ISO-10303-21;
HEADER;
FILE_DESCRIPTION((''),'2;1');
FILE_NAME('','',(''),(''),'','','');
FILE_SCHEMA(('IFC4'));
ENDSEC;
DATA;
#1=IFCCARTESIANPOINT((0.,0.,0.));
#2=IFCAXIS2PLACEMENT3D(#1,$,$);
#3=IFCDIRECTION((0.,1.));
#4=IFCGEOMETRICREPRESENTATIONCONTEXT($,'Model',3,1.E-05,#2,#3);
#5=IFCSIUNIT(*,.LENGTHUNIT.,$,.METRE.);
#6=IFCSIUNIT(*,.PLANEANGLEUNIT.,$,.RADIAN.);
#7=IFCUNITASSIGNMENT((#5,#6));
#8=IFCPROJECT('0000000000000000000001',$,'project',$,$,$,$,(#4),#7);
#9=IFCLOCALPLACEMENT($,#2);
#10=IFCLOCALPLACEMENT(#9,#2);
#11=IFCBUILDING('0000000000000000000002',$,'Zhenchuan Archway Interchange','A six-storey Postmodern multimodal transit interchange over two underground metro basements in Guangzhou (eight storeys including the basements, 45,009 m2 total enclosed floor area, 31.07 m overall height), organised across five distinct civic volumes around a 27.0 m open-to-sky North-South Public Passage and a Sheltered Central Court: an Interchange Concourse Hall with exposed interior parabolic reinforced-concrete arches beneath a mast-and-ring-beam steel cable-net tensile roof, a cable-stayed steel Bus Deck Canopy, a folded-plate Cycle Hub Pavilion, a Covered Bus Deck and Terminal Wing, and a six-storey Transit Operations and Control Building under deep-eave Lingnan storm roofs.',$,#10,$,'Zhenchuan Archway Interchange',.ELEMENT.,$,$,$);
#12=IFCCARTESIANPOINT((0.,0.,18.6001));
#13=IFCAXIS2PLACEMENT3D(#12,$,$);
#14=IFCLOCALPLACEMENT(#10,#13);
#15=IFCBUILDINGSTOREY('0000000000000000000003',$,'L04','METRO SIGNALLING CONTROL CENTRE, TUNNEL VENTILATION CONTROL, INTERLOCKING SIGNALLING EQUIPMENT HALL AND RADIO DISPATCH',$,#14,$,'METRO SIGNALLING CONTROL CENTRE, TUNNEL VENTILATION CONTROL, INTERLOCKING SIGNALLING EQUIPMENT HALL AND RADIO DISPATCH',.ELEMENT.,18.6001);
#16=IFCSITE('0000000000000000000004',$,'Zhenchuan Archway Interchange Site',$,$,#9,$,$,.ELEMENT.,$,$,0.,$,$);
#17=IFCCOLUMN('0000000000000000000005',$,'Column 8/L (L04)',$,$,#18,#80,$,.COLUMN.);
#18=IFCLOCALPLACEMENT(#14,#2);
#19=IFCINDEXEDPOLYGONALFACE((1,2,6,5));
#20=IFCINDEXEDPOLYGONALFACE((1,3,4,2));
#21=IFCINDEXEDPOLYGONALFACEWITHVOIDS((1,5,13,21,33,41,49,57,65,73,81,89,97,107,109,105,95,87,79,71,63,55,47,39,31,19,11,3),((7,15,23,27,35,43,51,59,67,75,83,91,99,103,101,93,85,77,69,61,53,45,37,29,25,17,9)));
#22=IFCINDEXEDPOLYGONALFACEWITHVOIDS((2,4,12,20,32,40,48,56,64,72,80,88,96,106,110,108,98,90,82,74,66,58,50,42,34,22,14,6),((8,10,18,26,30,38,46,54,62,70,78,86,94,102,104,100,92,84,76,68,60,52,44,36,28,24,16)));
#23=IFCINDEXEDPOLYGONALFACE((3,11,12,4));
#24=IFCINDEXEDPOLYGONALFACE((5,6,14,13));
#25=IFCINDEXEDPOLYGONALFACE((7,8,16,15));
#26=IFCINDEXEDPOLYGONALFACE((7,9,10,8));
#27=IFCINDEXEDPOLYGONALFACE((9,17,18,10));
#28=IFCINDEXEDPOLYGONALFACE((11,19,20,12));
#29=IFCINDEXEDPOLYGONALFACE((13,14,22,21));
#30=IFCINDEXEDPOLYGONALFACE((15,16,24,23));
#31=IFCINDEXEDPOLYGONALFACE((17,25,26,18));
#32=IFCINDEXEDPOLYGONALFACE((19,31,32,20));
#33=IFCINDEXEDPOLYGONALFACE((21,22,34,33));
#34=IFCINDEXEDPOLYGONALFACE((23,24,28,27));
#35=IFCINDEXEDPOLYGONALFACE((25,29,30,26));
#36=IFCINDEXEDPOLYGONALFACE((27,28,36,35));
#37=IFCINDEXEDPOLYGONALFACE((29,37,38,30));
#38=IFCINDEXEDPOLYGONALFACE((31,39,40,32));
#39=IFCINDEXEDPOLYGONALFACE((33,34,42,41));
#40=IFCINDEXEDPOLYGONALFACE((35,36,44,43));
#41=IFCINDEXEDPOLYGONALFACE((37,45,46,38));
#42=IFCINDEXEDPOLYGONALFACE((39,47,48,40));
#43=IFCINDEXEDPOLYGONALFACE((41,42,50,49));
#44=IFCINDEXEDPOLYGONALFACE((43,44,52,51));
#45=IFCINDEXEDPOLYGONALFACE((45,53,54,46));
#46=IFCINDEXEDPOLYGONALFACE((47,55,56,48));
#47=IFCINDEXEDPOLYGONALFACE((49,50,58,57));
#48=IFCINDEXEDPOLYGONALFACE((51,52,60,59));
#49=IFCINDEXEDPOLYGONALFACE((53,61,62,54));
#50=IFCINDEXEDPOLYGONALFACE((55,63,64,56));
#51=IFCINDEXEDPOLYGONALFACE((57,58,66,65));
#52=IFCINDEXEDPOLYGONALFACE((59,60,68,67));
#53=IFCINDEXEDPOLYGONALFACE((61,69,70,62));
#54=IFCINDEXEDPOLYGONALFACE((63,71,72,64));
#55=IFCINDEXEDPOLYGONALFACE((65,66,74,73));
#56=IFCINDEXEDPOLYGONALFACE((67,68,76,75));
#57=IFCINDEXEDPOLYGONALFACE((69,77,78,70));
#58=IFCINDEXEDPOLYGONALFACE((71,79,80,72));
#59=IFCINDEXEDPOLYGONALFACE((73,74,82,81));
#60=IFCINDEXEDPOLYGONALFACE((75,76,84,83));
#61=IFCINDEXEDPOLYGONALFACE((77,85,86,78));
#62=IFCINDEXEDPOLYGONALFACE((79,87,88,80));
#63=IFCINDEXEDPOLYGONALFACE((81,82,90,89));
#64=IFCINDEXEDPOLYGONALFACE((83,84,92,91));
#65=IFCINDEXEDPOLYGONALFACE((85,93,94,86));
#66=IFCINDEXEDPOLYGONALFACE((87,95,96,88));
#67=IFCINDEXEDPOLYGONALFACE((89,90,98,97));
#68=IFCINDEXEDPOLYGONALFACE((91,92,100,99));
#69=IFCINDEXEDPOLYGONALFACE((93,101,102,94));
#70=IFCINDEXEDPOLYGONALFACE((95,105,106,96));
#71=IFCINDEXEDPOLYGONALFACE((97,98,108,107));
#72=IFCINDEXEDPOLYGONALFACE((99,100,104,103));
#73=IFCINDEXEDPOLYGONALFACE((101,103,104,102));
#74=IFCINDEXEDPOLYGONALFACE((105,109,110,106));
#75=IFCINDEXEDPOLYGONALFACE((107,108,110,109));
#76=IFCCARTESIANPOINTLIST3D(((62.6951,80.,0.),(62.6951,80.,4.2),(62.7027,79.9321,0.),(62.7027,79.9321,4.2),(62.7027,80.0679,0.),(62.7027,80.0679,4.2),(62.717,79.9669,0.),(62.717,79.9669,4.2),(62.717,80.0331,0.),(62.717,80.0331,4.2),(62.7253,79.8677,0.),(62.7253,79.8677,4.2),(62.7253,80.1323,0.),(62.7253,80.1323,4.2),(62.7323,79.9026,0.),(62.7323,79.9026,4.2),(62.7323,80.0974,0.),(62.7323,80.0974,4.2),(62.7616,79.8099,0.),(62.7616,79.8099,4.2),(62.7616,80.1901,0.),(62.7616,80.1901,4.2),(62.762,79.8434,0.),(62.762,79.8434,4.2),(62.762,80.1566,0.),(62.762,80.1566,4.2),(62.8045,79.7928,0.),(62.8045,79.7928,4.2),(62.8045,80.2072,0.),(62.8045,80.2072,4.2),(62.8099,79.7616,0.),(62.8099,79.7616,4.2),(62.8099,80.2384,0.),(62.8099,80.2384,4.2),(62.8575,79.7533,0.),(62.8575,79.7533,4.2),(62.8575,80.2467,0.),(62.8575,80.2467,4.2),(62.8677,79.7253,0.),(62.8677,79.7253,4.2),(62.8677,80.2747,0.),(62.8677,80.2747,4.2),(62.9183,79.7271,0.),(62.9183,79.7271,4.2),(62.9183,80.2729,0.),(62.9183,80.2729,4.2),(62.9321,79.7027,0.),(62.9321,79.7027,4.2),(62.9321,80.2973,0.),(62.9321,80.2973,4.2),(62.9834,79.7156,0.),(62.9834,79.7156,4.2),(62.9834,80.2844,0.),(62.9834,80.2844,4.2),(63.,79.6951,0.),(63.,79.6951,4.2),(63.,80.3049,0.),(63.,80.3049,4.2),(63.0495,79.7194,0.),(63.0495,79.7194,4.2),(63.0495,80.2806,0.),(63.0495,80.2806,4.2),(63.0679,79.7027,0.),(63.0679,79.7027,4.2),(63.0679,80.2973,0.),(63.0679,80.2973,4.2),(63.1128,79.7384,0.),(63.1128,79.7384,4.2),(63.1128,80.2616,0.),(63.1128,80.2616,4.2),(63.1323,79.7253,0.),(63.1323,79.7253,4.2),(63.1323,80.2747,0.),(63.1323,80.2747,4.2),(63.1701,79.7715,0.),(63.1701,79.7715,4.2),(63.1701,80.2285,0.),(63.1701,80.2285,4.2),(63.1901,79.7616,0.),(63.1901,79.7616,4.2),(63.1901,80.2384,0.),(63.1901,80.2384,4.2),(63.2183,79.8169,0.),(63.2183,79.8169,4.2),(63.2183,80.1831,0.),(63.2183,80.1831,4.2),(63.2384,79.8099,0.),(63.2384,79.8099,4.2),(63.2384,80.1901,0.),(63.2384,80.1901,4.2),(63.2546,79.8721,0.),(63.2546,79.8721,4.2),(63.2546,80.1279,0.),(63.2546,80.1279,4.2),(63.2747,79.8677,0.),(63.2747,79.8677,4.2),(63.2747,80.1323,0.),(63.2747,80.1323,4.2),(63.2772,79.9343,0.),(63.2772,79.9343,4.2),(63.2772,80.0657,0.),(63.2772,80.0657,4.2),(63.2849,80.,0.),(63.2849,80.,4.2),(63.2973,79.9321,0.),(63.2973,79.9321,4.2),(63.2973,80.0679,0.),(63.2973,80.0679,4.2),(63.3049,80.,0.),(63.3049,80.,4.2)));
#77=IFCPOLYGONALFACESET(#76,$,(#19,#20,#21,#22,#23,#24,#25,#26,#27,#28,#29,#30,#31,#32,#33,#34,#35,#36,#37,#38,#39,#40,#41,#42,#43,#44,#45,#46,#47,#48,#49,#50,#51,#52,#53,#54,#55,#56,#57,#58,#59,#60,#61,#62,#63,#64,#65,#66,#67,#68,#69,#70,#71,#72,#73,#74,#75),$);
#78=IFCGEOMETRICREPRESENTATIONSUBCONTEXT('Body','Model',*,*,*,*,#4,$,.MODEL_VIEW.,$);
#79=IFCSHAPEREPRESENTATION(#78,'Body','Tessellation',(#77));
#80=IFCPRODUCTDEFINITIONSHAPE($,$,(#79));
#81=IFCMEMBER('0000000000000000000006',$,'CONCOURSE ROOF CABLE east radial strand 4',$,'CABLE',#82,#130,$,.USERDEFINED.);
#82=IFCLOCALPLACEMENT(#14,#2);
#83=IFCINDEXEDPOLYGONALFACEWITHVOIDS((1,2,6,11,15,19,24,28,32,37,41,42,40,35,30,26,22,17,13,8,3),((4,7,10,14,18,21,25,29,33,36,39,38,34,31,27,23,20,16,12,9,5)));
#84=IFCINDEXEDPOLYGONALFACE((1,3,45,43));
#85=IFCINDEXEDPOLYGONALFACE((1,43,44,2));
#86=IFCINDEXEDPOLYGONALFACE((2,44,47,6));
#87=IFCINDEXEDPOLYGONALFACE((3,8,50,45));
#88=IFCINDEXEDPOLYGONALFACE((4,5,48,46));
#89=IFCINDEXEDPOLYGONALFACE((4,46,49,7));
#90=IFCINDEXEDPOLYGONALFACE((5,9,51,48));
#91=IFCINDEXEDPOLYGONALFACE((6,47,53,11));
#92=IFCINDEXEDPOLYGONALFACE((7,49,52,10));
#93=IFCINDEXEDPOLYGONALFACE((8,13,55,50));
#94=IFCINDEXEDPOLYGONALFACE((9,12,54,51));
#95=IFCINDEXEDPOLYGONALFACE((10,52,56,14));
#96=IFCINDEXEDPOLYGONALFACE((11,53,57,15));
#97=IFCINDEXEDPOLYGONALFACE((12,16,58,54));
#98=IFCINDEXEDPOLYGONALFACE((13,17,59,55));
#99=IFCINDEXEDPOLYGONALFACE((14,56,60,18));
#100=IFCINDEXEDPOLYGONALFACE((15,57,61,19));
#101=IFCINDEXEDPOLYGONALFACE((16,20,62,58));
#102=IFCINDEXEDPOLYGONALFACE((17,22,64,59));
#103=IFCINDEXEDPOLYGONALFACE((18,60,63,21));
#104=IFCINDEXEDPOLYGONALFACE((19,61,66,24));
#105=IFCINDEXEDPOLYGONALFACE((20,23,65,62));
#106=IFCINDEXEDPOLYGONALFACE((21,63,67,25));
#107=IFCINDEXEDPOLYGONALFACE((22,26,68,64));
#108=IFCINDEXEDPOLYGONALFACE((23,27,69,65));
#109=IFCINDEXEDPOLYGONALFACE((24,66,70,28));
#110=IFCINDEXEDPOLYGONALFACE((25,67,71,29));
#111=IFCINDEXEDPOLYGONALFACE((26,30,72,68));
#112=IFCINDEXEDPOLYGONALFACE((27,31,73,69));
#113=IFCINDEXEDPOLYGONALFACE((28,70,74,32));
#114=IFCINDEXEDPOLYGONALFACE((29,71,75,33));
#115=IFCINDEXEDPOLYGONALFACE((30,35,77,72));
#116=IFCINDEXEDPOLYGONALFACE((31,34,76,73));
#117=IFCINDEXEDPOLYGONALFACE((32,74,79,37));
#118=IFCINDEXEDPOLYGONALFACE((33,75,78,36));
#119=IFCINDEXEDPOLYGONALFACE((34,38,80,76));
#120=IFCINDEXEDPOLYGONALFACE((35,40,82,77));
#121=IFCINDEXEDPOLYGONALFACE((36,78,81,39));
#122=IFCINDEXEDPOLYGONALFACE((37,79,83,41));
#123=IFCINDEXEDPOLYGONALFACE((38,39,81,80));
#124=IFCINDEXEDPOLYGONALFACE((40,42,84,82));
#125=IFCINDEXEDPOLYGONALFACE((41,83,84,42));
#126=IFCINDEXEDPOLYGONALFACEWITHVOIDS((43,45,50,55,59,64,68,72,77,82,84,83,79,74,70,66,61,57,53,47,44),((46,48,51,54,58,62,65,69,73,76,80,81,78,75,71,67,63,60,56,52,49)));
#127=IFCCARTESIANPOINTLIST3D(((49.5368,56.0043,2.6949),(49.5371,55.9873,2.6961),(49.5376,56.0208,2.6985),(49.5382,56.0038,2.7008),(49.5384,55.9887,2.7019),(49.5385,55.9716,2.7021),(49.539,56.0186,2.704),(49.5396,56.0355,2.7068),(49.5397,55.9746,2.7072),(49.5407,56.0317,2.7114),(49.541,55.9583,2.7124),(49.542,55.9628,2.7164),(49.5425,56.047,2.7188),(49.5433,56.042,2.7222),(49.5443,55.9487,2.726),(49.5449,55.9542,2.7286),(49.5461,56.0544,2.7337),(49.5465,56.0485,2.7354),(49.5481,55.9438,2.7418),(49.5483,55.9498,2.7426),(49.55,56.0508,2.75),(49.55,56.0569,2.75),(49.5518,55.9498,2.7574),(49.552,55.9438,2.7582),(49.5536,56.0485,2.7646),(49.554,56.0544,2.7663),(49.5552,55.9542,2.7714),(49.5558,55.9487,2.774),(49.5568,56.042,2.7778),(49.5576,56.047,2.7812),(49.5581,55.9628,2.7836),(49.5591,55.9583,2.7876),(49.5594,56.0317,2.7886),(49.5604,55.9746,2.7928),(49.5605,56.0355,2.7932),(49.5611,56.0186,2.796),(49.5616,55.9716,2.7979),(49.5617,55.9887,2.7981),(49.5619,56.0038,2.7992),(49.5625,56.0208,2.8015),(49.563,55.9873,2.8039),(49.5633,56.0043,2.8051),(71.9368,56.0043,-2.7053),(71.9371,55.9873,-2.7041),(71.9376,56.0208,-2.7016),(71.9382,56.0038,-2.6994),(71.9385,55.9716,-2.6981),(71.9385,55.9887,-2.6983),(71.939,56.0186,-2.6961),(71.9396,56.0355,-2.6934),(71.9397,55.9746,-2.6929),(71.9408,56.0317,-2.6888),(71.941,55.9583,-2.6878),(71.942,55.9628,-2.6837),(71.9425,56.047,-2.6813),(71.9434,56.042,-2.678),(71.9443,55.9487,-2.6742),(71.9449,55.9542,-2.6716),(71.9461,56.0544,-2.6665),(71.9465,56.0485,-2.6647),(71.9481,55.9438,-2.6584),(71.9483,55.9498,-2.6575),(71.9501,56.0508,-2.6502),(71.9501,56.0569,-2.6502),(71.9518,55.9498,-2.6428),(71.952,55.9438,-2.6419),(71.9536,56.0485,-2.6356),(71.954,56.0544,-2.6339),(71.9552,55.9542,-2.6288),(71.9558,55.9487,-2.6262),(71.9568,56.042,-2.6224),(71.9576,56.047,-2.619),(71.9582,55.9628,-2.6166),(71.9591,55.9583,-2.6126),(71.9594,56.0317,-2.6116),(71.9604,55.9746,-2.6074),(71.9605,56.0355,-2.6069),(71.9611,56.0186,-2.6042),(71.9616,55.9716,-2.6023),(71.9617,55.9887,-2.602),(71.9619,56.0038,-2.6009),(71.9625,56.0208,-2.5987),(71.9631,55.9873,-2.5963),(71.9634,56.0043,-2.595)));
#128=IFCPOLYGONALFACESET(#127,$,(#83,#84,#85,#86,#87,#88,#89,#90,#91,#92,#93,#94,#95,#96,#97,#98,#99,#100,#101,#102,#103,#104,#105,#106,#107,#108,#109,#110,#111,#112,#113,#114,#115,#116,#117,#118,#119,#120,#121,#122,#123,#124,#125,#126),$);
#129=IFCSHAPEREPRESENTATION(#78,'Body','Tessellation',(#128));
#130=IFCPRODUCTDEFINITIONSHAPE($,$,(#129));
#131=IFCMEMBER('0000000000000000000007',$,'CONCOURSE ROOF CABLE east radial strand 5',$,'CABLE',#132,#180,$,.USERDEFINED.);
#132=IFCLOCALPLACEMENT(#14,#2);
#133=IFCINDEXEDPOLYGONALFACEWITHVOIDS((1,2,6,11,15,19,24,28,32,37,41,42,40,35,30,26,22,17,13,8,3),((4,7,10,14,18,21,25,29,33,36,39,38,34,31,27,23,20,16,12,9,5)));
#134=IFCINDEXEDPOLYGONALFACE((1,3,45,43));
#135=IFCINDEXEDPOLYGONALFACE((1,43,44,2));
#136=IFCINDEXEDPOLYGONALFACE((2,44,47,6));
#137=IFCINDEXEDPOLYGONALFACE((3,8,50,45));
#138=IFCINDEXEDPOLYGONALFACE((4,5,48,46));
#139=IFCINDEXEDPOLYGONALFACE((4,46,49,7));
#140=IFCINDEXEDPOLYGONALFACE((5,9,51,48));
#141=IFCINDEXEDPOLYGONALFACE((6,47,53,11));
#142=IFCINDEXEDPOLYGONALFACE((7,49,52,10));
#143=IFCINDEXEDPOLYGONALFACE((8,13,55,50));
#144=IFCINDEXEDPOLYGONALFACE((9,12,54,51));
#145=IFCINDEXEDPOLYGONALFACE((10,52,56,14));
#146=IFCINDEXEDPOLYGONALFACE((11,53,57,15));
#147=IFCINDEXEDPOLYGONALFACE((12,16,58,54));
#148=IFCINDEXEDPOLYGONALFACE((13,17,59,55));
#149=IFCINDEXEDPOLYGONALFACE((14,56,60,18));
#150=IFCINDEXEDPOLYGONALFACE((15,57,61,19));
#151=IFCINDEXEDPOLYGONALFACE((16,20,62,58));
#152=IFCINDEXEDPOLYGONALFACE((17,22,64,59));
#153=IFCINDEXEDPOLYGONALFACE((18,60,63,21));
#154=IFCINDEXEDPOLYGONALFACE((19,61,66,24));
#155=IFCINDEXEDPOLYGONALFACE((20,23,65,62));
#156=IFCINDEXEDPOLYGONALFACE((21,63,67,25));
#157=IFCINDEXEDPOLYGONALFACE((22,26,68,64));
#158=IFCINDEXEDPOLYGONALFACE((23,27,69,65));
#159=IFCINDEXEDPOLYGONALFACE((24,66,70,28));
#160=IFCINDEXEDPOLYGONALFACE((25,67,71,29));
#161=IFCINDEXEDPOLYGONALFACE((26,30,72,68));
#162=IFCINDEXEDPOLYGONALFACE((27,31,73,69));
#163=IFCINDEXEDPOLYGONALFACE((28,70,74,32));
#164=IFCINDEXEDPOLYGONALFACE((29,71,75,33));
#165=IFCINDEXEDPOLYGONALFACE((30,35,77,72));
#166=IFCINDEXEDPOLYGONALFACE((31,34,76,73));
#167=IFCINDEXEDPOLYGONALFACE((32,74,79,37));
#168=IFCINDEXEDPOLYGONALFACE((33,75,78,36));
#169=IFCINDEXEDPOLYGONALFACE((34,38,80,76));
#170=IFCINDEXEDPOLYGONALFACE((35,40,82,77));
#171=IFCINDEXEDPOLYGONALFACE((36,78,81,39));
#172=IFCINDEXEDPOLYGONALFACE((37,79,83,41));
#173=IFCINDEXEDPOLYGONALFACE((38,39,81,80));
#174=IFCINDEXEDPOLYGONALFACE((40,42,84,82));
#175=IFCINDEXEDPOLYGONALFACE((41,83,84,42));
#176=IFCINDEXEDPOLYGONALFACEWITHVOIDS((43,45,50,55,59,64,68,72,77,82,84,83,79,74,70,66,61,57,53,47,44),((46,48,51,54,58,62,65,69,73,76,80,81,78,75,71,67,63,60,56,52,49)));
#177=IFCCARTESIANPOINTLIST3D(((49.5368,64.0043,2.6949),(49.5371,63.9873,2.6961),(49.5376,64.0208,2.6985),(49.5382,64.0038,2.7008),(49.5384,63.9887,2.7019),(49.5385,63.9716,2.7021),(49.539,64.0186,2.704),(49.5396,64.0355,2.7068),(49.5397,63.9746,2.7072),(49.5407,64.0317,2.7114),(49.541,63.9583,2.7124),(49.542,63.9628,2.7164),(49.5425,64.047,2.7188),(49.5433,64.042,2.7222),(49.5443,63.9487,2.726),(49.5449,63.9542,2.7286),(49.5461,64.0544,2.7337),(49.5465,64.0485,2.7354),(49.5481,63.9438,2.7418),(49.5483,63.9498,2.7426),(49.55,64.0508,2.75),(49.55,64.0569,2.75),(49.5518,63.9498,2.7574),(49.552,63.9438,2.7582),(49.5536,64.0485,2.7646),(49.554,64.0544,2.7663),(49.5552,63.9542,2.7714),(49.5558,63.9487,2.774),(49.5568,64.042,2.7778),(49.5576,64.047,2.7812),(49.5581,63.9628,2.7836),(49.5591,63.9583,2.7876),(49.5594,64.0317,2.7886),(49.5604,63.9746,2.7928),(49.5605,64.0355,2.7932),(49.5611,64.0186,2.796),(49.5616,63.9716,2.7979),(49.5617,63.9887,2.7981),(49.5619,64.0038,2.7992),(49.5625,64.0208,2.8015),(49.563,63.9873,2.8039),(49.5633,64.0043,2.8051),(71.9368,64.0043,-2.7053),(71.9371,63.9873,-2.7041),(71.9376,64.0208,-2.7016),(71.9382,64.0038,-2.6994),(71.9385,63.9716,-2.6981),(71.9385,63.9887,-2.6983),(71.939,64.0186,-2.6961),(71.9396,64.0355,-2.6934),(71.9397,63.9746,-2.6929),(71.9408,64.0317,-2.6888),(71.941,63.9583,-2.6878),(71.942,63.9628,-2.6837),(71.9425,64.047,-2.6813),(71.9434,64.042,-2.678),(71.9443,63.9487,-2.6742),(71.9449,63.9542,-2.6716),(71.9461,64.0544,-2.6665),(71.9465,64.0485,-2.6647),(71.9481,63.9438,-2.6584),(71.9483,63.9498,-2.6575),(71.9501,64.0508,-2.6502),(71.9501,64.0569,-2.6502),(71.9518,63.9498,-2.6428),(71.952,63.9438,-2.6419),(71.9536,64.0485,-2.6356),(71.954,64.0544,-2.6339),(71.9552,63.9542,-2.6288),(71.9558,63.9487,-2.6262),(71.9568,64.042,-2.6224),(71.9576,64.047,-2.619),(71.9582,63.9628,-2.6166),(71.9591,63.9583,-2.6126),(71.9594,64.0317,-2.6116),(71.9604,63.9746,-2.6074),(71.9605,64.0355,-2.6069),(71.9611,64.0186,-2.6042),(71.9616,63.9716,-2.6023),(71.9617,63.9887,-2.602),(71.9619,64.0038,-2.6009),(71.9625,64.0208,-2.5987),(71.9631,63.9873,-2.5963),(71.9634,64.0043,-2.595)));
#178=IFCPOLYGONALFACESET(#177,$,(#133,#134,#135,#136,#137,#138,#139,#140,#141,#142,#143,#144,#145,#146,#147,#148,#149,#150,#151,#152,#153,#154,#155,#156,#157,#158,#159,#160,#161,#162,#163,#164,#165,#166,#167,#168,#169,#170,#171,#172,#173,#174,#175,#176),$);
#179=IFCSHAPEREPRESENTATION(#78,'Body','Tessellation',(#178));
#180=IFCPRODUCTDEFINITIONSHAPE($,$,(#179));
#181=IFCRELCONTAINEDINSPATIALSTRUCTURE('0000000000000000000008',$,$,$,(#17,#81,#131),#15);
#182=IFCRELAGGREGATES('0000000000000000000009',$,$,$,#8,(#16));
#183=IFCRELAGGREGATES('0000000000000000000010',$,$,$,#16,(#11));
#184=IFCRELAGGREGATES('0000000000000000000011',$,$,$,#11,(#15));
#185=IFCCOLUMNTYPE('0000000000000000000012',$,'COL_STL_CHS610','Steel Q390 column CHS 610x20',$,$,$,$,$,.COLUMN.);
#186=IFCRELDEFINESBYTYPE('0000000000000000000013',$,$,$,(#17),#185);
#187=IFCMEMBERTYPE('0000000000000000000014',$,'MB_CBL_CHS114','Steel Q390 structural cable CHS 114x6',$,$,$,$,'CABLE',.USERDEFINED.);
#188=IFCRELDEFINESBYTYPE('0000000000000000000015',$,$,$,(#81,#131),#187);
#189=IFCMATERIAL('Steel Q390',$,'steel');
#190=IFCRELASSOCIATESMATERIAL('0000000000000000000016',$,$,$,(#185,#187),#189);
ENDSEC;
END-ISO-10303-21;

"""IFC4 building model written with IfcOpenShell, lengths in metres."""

from ifc_helpers import new_model, si_unit, direction, frame, origin, origin_2d, place, context, subcontext, project, spatial, hollow_circle, extrude, material, material_profile, profile_set, type_object, element, save


model = new_model("IFC4")

# Units and contexts
model_context = context("Model", 3, precision=1e-05, world=origin(), true_north=direction((0.0, 1.0)))
body_context = subcontext(model_context, "Body", "Model", "MODEL_VIEW")
ifc_project = project(units=[si_unit("LENGTHUNIT", "METRE"), si_unit("PLANEANGLEUNIT", "RADIAN")], contexts=[model_context])

# Site, building, storey
site_placement = place(None, origin())
site = spatial("IfcSite", under=ifc_project, at=site_placement, Name="Zhenchuan Archway Interchange Site", CompositionType="ELEMENT", RefElevation=0.0)
building_placement = place(site_placement, origin())
building = spatial("IfcBuilding", under=site, at=building_placement, Name="Zhenchuan Archway Interchange", Description="A six-storey Postmodern multimodal transit interchange over two underground metro basements in Guangzhou (eight storeys including the basements, 45,009 m2 total enclosed floor area, 31.07 m overall height), organised across five distinct civic volumes around a 27.0 m open-to-sky North-South Public Passage and a Sheltered Central Court: an Interchange Concourse Hall with exposed interior parabolic reinforced-concrete arches beneath a mast-and-ring-beam steel cable-net tensile roof, a cable-stayed steel Bus Deck Canopy, a folded-plate Cycle Hub Pavilion, a Covered Bus Deck and Terminal Wing, and a six-storey Transit Operations and Control Building under deep-eave Lingnan storm roofs.", LongName="Zhenchuan Archway Interchange", CompositionType="ELEMENT")
storey_placement = place(building_placement, frame((0.0, 0.0, 18.6001)))
storey = spatial("IfcBuildingStorey", under=building, at=storey_placement, Name="L04", Description="METRO SIGNALLING CONTROL CENTRE, TUNNEL VENTILATION CONTROL, INTERLOCKING SIGNALLING EQUIPMENT HALL AND RADIO DISPATCH", LongName="METRO SIGNALLING CONTROL CENTRE, TUNNEL VENTILATION CONTROL, INTERLOCKING SIGNALLING EQUIPMENT HALL AND RADIO DISPATCH", CompositionType="ELEMENT", Elevation=18.6001)

# Column
ifc_material_1 = material(Name="Steel Q390", Category="steel")
ifc_material_profile_1 = material_profile(ifc_material_1, hollow_circle(Radius=0.3049, WallThickness=0.02, at=origin_2d()), Name="CHS 610x20")
ifc_profile_set_1 = profile_set([ifc_material_profile_1], Name="Steel Q390")
column_type = type_object("IfcColumnType", Name="COL_STL_CHS610", Description="Steel Q390 column CHS 610x20", PredefinedType="COLUMN", material=ifc_profile_set_1)
column_placement = place(storey_placement, frame((63.0, 80.0, 0.0), z_axis=(0.0, 0.0, 1.0), x_axis=(1.0, 0.0, 0.0)))
element("IfcColumn", 1, at=column_placement, inside=storey, type_object=column_type, Name="Column 8/L (L04)", PredefinedType="COLUMN", context=body_context, shape_type="SweptSolid", body=[
    extrude(hollow_circle(Radius=0.3049, WallThickness=0.02, at=origin_2d()), origin(), (0.0, 0.0, 1.0), 4.2),
])

# Members
ifc_material_profile_2 = material_profile(ifc_material_1, hollow_circle(Radius=0.0569, WallThickness=0.0061, at=origin_2d()), Name="CHS 114x6")
ifc_profile_set_2 = profile_set([ifc_material_profile_2], Name="Steel Q390")
member_type_1 = type_object("IfcMemberType", Name="MB_CBL_CHS114", Description="Steel Q390 structural cable CHS 114x6", ElementType="CABLE", PredefinedType="USERDEFINED", material=ifc_profile_set_2)
for number, where, z_axis, x_axis, name in (
    (2, (49.55, 56.0, 2.75), (0.972149, 0.0, -0.234365), (0.0, 1.0, 0.0), "CONCOURSE ROOF CABLE east radial strand 4"),
    (3, (49.55, 64.0, 2.75), (0.972149, 0.0, -0.234365), (0.0, 1.0, 0.0), "CONCOURSE ROOF CABLE east radial strand 5"),
):
    element("IfcMember", number, at=place(storey_placement, frame(where, z_axis=z_axis, x_axis=x_axis)), inside=storey, type_object=member_type_1, Name=name, ObjectType="CABLE", PredefinedType="USERDEFINED", context=body_context, shape_type="SweptSolid", body=[
        extrude(hollow_circle(Radius=0.0569, WallThickness=0.0061, at=origin_2d()), origin(), (0.0, 0.0, 1.0), 23.0417),
    ])

save(model, "model.ifc")
